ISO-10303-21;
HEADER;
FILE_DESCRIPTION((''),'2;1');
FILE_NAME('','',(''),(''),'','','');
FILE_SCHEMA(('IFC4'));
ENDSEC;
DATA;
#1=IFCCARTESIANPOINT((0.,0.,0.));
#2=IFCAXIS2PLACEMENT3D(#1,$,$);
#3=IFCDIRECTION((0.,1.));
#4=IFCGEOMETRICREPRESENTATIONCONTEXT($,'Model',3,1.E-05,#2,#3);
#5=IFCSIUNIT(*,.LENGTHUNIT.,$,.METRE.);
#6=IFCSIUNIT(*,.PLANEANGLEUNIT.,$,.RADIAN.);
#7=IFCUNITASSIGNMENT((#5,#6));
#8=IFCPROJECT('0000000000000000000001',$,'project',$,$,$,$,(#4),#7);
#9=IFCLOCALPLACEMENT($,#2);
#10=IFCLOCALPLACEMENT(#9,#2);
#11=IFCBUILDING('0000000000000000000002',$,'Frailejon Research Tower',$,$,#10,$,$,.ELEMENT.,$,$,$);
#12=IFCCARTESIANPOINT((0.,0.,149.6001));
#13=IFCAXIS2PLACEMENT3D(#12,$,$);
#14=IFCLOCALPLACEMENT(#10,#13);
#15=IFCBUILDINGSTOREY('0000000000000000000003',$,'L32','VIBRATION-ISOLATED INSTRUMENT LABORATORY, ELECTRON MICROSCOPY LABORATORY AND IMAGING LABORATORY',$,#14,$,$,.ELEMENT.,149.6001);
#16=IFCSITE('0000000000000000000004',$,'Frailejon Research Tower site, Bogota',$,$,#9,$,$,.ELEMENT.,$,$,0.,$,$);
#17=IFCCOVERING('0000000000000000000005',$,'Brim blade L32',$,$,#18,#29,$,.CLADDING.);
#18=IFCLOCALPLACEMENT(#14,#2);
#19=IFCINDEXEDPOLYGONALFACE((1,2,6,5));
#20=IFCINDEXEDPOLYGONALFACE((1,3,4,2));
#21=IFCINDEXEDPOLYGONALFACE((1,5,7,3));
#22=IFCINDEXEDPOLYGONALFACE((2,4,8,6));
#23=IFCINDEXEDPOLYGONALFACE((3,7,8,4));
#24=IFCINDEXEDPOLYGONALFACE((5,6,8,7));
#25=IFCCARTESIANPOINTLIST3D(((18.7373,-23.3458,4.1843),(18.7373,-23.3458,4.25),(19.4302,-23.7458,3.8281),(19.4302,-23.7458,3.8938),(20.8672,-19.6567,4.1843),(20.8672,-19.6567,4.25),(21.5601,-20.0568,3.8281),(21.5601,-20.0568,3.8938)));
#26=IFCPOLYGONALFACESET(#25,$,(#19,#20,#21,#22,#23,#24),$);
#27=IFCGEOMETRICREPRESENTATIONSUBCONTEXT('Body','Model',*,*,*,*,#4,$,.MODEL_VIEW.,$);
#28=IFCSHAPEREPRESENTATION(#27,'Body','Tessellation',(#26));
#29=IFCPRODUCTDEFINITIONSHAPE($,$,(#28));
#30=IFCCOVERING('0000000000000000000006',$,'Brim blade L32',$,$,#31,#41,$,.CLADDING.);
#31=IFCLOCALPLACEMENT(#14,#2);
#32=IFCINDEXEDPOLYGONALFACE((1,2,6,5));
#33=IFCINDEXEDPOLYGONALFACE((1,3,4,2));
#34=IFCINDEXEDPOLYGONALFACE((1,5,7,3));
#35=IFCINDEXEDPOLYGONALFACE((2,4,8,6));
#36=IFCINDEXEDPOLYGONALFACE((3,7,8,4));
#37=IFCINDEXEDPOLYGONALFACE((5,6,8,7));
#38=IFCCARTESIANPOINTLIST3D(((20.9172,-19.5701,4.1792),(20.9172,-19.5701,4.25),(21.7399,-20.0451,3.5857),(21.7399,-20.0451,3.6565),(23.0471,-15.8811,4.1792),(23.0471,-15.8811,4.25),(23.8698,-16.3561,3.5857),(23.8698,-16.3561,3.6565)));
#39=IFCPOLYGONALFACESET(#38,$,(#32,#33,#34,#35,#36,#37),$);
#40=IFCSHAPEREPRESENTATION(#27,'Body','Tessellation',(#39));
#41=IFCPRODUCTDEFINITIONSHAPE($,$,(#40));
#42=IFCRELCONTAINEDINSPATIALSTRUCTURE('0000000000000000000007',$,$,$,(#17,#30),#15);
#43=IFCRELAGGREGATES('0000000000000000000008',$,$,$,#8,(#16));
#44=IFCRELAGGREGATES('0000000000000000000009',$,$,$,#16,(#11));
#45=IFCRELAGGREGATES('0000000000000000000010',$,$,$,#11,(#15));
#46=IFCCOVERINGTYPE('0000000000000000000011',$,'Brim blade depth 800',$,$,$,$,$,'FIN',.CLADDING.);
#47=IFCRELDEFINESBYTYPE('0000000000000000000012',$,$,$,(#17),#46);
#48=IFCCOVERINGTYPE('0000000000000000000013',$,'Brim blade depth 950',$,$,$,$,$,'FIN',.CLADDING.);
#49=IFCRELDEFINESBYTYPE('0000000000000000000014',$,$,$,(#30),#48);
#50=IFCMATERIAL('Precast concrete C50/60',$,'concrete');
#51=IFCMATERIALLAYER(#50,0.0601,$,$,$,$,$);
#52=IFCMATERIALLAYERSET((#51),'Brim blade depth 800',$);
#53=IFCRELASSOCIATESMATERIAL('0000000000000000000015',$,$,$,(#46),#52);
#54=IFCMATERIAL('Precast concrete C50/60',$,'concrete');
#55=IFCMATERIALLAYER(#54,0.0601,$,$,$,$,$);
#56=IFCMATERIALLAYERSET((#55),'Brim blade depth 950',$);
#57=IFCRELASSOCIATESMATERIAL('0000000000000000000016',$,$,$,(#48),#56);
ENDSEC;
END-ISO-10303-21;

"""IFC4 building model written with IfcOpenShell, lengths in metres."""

from ifc_helpers import new_model, si_unit, direction, frame, origin, place, context, subcontext, project, spatial, polyline, outline, extrude, material, layer, layer_set, type_object, element, save


model = new_model("IFC4")

# Units and contexts
model_context = context("Model", 3, precision=1e-05, world=origin(), true_north=direction((0.0, 1.0)))
body_context = subcontext(model_context, "Body", "Model", "MODEL_VIEW")
ifc_project = project(units=[si_unit("LENGTHUNIT", "METRE"), si_unit("PLANEANGLEUNIT", "RADIAN")], contexts=[model_context])

# Site, building, storey
site_placement = place(None, origin())
site = spatial("IfcSite", under=ifc_project, at=site_placement, Name="Frailejon Research Tower site, Bogota", CompositionType="ELEMENT", RefElevation=0.0)
building_placement = place(site_placement, origin())
building = spatial("IfcBuilding", under=site, at=building_placement, Name="Frailejon Research Tower", CompositionType="ELEMENT")
storey_placement = place(building_placement, frame((0.0, 0.0, 149.6001)))
storey = spatial("IfcBuildingStorey", under=building, at=storey_placement, Name="L32", Description="VIBRATION-ISOLATED INSTRUMENT LABORATORY, ELECTRON MICROSCOPY LABORATORY AND IMAGING LABORATORY", CompositionType="ELEMENT", Elevation=149.6001)

# Coverings
ifc_material_1 = material(Name="Precast concrete C50/60", Category="concrete")
ifc_layer_1 = layer(ifc_material_1, 0.0601)
ifc_layer_set_1 = layer_set([ifc_layer_1], Name="Brim blade depth 800")
covering_type_1 = type_object("IfcCoveringType", Name="Brim blade depth 800", ElementType="FIN", PredefinedType="CLADDING", material=ifc_layer_set_1)
covering_1_placement = place(storey_placement, frame((20.8672, -19.6567, 4.25), z_axis=(-0.499992, -0.86603, 0.0), x_axis=(0.86603, -0.499992, 0.0)))
element("IfcCovering", 1, at=covering_1_placement, inside=storey, type_object=covering_type_1, Name="Brim blade L32", PredefinedType="CLADDING", context=body_context, shape_type="SweptSolid", body=[
    extrude(outline(polyline([(0.0, -0.0657), (0.8, -0.4219), (0.8, -0.3562), (0.0, 0.0), (0.0, -0.0657)])), origin(), (0.0, 0.0, 1.0), 4.2598),
])
ifc_material_2 = material(Name="Precast concrete C50/60", Category="concrete")
ifc_layer_2 = layer(ifc_material_2, 0.0601)
ifc_layer_set_2 = layer_set([ifc_layer_2], Name="Brim blade depth 950")
covering_type_2 = type_object("IfcCoveringType", Name="Brim blade depth 950", ElementType="FIN", PredefinedType="CLADDING", material=ifc_layer_set_2)
covering_2_placement = place(storey_placement, frame((23.0471, -15.8811, 4.25), z_axis=(-0.50001, -0.86602, 0.0), x_axis=(0.86602, -0.50001, 0.0)))
element("IfcCovering", 2, at=covering_2_placement, inside=storey, type_object=covering_type_2, Name="Brim blade L32", PredefinedType="CLADDING", context=body_context, shape_type="SweptSolid", body=[
    extrude(outline(polyline([(0.0, -0.0708), (0.95, -0.6643), (0.95, -0.5935), (0.0, 0.0), (0.0, -0.0708)])), origin(), (0.0, 0.0, 1.0), 4.2598),
])

save(model, "model.ifc")
